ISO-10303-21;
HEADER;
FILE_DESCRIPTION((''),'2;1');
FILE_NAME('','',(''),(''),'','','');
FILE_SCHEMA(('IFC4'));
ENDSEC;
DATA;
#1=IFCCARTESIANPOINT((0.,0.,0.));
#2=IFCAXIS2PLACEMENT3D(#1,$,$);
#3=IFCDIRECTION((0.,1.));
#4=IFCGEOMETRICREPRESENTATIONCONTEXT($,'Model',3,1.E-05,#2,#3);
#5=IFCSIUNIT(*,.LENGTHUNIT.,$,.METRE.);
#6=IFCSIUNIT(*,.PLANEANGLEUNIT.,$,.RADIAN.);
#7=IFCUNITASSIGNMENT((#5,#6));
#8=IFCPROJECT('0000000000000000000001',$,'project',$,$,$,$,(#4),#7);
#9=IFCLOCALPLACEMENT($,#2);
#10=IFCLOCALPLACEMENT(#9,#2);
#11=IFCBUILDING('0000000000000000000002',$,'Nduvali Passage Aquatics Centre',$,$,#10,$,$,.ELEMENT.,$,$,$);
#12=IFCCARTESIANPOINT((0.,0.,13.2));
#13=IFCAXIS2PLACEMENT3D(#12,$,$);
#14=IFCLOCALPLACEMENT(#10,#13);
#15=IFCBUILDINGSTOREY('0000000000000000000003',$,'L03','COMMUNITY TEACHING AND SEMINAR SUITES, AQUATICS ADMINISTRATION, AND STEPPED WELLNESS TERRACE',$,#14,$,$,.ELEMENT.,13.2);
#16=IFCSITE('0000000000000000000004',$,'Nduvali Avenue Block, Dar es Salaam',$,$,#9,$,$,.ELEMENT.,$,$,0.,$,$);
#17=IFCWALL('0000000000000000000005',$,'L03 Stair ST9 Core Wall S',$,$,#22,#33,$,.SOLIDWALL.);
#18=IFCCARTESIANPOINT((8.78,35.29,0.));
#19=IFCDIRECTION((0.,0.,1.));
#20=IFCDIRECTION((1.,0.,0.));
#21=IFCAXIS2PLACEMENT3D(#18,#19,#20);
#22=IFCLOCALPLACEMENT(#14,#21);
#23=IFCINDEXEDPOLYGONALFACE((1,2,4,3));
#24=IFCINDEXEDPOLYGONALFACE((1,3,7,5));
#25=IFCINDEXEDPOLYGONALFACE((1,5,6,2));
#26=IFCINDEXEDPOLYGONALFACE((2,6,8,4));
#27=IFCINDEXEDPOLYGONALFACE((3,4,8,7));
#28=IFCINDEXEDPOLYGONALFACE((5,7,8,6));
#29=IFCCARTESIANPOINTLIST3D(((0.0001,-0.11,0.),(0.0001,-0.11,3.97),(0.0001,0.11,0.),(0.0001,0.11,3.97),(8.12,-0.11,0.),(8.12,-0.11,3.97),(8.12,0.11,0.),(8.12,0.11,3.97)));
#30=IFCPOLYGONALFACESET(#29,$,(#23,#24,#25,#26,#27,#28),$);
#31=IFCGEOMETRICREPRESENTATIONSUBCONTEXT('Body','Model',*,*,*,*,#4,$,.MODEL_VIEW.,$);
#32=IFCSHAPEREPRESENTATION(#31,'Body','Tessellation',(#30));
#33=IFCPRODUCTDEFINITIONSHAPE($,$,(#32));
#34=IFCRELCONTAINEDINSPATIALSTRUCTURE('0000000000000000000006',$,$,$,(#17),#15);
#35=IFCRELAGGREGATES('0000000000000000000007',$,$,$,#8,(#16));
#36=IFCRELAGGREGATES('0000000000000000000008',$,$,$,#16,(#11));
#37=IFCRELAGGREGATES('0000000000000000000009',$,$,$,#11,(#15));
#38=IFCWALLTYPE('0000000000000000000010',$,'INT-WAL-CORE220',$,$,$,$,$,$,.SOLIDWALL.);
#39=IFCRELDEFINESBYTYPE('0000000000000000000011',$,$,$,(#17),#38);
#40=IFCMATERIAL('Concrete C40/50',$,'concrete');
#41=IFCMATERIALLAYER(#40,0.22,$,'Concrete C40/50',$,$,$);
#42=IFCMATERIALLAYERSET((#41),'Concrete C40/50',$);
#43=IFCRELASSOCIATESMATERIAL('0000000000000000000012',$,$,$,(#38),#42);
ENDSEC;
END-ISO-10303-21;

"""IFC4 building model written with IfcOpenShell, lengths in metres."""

from ifc_helpers import new_model, si_unit, direction, frame, frame_2d, origin, place, context, subcontext, project, spatial, rectangle, extrude, material, layer, layer_set, type_object, element, save


model = new_model("IFC4")

# Units and contexts
model_context = context("Model", 3, precision=1e-05, world=origin(), true_north=direction((0.0, 1.0)))
body_context = subcontext(model_context, "Body", "Model", "MODEL_VIEW")
ifc_project = project(units=[si_unit("LENGTHUNIT", "METRE"), si_unit("PLANEANGLEUNIT", "RADIAN")], contexts=[model_context])

# Site, building, storey
site_placement = place(None, origin())
site = spatial("IfcSite", under=ifc_project, at=site_placement, Name="Nduvali Avenue Block, Dar es Salaam", CompositionType="ELEMENT", RefElevation=0.0)
building_placement = place(site_placement, origin())
building = spatial("IfcBuilding", under=site, at=building_placement, Name="Nduvali Passage Aquatics Centre", CompositionType="ELEMENT")
storey_placement = place(building_placement, frame((0.0, 0.0, 13.2)))
storey = spatial("IfcBuildingStorey", under=building, at=storey_placement, Name="L03", Description="COMMUNITY TEACHING AND SEMINAR SUITES, AQUATICS ADMINISTRATION, AND STEPPED WELLNESS TERRACE", CompositionType="ELEMENT", Elevation=13.2)

# Wall
ifc_material_1 = material(Name="Concrete C40/50", Category="concrete")
ifc_layer_1 = layer(ifc_material_1, 0.22, Name="Concrete C40/50")
ifc_layer_set_1 = layer_set([ifc_layer_1], Name="Concrete C40/50")
wall_type_1 = type_object("IfcWallType", Name="INT-WAL-CORE220", PredefinedType="SOLIDWALL", material=ifc_layer_set_1)
for number, where, z_axis, x_axis, name in (
    (1, (8.78, 35.29, 0.0), (0.0, 0.0, 1.0), (1.0, 0.0, 0.0), "L03 Stair ST9 Core Wall S"),
):
    element("IfcWall", number, at=place(storey_placement, frame(where, z_axis=z_axis, x_axis=x_axis)), inside=storey, type_object=wall_type_1, Name=name, PredefinedType="SOLIDWALL", context=body_context, shape_type="SweptSolid", body=[
        extrude(rectangle(XDim=8.1199, YDim=0.22, at=frame_2d((4.0601, 0.0))), origin(), (0.0, 0.0, 1.0), 3.97),
    ])

save(model, "model.ifc")
